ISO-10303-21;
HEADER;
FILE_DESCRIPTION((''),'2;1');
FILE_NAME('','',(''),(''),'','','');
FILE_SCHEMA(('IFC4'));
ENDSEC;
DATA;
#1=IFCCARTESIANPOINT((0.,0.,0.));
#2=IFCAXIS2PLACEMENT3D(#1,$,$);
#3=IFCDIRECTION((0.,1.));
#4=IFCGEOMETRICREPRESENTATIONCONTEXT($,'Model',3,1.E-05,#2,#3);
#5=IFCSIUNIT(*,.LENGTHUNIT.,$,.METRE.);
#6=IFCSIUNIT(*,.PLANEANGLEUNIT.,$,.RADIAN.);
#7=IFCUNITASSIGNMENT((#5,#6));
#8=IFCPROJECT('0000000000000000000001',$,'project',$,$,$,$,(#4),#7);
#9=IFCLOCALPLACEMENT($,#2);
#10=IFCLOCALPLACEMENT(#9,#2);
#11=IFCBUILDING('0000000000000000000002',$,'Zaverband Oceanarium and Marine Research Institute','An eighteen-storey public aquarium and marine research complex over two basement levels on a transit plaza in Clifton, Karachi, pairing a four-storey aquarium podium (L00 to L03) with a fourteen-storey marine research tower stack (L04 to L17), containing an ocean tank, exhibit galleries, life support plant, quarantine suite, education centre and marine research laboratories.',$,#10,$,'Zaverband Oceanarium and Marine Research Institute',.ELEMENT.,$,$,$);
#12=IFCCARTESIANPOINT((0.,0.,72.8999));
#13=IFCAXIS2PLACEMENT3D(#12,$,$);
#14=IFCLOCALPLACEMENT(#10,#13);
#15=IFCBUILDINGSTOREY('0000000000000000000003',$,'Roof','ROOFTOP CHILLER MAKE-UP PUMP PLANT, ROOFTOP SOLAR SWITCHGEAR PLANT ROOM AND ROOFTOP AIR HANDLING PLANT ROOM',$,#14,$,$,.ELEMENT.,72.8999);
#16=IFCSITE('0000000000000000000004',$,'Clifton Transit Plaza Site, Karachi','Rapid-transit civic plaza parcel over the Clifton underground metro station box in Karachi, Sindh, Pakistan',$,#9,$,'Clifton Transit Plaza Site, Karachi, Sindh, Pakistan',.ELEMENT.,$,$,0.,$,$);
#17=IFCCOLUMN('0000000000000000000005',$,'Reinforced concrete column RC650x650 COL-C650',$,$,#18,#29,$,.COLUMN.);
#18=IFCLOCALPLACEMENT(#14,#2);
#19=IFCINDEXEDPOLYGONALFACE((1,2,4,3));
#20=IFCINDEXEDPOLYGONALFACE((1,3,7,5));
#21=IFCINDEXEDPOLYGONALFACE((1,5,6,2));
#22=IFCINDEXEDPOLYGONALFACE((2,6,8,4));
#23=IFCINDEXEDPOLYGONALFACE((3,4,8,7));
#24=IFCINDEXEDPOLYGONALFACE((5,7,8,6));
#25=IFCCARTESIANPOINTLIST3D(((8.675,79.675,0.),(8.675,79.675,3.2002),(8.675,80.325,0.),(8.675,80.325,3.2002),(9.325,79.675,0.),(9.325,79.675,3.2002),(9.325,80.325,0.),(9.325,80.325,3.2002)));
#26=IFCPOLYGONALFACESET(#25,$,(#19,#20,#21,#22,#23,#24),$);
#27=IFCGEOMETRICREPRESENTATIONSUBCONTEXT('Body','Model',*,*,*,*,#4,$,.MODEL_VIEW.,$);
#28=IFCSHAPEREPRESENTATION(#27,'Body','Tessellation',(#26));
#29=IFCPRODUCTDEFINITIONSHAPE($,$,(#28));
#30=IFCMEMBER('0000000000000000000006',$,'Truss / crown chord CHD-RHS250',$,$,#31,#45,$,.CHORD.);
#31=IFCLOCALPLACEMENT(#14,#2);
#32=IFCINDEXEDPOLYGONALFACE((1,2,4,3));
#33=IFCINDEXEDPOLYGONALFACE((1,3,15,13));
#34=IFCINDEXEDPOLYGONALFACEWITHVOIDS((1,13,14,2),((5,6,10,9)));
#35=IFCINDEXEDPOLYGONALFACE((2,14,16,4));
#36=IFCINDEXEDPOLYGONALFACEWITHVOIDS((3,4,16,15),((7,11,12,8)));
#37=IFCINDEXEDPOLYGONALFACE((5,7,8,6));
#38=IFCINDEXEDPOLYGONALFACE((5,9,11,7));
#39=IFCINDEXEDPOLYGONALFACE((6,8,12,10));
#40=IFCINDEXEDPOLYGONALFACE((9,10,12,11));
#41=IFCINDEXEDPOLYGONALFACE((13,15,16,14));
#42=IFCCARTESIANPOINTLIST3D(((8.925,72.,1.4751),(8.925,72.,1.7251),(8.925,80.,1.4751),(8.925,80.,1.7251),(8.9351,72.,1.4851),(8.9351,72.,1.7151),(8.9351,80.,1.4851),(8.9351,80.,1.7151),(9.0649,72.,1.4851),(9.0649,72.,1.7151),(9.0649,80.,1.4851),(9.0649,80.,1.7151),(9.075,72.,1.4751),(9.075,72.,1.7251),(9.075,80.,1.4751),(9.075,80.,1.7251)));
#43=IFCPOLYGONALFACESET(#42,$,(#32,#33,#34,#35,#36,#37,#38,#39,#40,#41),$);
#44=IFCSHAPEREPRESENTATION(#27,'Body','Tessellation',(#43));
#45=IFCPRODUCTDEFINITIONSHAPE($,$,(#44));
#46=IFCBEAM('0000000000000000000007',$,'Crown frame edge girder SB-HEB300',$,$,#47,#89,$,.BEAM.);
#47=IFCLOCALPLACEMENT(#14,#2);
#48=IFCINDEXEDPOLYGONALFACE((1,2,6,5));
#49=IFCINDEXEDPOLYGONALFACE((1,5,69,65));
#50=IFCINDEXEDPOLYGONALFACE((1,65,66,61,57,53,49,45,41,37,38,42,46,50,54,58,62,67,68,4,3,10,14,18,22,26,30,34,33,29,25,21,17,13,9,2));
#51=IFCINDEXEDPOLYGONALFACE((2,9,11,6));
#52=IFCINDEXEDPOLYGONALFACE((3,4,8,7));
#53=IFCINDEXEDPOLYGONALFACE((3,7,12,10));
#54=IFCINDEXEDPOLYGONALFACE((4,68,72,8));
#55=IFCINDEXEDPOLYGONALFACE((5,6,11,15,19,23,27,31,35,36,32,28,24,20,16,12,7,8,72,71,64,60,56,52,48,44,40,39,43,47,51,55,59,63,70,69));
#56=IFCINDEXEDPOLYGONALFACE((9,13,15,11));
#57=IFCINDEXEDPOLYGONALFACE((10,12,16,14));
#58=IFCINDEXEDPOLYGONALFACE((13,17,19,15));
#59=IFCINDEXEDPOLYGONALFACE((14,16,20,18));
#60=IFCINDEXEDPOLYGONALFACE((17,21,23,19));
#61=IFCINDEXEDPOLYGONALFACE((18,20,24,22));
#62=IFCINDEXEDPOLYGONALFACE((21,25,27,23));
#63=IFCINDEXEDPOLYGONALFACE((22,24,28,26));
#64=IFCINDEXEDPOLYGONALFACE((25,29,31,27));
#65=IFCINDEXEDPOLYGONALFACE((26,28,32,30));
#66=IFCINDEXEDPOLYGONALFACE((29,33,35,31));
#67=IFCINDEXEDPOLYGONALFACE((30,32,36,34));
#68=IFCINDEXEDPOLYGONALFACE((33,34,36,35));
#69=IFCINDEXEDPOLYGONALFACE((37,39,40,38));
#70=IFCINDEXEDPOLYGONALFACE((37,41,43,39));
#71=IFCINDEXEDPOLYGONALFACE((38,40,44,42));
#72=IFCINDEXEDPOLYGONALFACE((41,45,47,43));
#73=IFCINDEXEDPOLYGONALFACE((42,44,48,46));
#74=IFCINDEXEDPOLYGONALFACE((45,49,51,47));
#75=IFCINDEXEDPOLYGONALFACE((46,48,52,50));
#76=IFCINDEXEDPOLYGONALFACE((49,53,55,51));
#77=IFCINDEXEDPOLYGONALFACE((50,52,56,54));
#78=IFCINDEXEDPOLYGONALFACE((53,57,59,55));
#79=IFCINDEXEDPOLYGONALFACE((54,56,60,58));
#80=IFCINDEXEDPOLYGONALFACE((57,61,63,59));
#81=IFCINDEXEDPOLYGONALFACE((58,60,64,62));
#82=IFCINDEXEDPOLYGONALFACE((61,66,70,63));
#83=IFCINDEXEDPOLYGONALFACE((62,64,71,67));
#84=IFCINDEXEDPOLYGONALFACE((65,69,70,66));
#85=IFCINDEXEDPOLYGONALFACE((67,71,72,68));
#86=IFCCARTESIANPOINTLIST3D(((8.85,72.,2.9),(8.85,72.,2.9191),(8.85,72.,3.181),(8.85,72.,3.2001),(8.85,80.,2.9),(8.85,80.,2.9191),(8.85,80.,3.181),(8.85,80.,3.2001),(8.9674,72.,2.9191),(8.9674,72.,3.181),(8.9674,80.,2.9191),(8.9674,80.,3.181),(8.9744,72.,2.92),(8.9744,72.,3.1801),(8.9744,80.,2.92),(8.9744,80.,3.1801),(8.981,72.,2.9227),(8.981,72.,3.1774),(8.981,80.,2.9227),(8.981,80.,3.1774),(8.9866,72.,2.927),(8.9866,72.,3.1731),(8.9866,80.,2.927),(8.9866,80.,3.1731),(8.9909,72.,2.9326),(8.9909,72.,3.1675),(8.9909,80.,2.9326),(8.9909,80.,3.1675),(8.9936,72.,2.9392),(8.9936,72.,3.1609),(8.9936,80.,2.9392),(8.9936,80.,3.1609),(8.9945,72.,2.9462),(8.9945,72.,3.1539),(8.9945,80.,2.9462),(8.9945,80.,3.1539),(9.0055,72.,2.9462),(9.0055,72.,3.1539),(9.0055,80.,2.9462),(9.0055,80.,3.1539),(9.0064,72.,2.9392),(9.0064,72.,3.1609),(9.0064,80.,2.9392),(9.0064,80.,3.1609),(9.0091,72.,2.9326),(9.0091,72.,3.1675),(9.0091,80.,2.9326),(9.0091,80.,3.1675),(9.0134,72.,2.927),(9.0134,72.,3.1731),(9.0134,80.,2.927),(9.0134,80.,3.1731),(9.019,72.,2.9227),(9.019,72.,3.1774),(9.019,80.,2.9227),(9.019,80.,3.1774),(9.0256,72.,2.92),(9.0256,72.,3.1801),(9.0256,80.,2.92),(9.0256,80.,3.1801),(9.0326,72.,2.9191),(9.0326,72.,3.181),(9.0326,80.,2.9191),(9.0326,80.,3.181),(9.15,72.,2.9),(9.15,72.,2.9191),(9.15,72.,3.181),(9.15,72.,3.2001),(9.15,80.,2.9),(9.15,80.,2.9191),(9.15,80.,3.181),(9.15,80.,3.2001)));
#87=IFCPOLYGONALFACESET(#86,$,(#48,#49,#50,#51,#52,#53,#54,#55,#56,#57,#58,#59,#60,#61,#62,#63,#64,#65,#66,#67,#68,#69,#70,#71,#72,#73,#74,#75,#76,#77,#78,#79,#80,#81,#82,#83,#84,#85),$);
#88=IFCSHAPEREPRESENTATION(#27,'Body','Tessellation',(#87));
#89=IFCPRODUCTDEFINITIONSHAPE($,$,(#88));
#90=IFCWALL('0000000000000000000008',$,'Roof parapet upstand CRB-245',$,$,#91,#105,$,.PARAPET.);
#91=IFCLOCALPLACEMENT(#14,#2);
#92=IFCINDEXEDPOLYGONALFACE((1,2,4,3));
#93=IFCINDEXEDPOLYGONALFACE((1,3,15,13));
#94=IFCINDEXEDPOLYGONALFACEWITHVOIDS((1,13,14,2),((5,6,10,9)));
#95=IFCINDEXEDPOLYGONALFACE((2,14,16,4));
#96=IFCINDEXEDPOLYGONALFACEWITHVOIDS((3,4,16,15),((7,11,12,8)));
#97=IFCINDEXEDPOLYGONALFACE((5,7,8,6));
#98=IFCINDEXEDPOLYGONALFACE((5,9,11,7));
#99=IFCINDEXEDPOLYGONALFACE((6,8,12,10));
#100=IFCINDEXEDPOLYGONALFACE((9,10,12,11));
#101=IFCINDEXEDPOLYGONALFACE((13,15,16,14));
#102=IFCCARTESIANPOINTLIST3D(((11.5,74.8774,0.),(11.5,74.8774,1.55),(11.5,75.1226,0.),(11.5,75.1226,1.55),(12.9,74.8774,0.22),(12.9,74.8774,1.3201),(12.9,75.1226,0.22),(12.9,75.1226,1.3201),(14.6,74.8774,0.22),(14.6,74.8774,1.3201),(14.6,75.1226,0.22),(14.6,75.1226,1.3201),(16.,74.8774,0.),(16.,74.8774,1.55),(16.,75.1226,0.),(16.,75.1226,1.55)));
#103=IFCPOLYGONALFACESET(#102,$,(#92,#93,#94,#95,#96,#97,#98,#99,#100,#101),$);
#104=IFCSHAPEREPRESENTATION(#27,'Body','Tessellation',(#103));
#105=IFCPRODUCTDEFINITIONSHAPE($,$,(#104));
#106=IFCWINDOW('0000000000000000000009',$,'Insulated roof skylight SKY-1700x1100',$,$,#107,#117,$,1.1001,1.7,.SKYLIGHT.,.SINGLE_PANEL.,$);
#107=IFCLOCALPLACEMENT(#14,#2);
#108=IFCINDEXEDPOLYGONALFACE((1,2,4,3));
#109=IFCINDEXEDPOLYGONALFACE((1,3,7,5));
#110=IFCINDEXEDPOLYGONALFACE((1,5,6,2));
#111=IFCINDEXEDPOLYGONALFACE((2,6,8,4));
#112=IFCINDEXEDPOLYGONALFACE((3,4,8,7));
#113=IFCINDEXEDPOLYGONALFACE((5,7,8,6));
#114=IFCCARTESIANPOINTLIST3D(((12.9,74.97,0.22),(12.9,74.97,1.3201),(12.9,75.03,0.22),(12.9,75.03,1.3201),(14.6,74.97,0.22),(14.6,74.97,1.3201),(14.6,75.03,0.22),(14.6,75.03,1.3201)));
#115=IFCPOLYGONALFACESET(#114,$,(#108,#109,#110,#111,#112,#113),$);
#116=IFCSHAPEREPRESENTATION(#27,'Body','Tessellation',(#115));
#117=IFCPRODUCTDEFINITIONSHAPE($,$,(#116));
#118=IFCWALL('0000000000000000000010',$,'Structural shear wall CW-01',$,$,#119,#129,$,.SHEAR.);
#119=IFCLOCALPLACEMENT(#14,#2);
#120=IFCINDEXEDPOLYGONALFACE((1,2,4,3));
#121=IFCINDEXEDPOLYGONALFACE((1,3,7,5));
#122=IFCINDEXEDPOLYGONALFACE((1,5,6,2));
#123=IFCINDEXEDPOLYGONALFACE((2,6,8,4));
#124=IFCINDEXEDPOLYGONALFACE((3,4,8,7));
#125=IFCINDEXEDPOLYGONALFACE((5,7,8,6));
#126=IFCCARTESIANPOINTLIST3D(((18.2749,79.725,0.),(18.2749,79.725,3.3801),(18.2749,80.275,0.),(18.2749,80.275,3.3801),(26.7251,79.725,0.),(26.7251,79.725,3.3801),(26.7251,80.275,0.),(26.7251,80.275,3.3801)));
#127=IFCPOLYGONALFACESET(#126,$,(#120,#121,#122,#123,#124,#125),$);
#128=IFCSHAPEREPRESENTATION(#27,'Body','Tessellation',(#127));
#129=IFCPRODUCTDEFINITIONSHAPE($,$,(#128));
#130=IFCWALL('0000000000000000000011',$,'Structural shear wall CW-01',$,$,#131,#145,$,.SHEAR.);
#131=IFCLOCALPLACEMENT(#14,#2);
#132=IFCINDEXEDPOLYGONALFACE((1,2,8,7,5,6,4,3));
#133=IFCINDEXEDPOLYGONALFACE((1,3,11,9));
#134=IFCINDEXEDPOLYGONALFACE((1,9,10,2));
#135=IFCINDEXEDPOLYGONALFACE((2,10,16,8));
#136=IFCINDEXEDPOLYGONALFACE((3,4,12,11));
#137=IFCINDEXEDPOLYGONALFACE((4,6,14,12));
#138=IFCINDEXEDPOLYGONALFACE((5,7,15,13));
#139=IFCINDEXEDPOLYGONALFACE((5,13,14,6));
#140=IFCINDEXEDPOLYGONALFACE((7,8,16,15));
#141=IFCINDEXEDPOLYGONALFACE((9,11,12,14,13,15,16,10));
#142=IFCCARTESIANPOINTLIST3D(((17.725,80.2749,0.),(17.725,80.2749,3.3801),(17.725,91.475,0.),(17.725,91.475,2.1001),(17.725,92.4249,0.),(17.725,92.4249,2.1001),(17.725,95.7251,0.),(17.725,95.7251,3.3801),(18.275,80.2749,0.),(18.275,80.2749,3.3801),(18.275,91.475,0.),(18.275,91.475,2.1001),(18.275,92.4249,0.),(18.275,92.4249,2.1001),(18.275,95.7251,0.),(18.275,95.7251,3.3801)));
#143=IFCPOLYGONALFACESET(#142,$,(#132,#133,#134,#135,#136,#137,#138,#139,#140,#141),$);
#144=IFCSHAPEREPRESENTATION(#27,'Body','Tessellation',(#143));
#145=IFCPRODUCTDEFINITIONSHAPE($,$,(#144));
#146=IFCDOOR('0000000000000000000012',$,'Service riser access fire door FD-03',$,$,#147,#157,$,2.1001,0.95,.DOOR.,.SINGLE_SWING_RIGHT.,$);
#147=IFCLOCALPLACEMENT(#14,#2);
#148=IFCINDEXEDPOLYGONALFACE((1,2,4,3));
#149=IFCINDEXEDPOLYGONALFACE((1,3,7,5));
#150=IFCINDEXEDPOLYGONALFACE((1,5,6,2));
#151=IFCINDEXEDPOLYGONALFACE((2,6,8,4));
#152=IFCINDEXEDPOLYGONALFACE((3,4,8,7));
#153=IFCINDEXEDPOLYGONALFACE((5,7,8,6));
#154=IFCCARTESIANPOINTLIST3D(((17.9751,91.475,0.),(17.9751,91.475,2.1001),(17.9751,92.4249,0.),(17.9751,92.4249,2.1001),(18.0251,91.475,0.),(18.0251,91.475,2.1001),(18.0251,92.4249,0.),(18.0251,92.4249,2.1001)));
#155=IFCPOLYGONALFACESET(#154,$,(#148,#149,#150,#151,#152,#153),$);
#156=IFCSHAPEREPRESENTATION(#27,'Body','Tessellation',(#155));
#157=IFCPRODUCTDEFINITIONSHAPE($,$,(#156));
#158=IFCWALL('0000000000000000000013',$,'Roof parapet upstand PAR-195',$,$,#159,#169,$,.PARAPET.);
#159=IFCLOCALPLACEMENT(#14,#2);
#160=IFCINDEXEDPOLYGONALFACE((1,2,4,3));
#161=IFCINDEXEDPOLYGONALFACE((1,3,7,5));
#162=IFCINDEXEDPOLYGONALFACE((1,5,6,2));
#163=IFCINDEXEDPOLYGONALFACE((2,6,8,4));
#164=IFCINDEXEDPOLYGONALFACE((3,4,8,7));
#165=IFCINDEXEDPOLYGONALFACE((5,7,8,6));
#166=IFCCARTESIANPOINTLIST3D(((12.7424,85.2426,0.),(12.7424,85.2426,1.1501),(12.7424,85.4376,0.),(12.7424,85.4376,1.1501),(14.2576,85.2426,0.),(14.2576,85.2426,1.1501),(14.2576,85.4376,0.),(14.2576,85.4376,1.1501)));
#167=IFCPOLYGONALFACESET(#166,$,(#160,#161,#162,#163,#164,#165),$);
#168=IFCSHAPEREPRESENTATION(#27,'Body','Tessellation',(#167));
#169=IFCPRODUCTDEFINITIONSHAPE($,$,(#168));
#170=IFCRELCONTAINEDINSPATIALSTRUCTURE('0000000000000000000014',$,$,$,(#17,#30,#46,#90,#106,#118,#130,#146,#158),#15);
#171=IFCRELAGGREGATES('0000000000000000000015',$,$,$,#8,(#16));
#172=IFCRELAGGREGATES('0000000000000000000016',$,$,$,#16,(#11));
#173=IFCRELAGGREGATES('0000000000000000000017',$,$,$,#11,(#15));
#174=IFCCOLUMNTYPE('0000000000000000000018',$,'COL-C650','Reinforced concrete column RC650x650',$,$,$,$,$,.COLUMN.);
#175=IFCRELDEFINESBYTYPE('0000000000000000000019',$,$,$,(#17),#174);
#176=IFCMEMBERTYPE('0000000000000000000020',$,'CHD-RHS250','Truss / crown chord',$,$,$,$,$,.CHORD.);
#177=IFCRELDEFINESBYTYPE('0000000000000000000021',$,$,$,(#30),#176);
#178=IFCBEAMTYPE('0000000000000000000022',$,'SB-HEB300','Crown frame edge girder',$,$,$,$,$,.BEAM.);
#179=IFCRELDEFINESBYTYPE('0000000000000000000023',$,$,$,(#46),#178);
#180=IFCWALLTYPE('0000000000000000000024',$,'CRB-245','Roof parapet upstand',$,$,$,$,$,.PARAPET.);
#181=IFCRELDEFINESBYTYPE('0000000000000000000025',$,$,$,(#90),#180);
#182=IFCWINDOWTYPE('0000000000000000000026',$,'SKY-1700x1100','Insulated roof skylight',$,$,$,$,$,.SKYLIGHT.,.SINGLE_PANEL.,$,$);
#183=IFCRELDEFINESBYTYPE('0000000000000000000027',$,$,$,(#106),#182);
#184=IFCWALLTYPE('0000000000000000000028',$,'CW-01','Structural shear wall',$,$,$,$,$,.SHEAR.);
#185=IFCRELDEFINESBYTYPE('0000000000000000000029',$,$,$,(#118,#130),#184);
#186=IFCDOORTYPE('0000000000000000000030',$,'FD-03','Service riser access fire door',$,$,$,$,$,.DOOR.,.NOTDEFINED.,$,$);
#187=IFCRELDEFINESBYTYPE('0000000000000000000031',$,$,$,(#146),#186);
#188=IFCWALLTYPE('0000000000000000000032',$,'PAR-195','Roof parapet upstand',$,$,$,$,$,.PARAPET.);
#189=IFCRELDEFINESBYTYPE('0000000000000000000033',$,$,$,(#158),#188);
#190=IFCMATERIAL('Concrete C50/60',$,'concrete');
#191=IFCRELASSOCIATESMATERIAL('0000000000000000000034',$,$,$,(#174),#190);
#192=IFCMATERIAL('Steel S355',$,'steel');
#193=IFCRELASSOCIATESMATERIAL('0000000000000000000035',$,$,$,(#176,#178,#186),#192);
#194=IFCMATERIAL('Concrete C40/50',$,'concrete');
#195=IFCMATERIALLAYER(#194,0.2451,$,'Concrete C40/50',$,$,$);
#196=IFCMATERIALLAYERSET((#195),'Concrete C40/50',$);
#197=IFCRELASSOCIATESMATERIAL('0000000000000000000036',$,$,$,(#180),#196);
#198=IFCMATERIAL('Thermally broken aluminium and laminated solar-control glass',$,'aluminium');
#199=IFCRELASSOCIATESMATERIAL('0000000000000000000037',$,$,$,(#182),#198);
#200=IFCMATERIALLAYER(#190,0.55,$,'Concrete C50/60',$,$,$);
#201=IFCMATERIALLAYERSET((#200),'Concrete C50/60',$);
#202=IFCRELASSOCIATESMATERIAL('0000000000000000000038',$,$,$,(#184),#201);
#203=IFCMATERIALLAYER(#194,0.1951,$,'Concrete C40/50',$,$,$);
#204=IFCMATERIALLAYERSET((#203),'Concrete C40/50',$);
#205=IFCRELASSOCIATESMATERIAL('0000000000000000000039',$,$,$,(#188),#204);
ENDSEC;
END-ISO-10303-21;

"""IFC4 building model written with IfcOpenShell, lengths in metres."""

from ifc_helpers import new_model, si_unit, direction, frame, frame_2d, origin, origin_2d, place, context, subcontext, project, spatial, rectangle, hollow_rectangle, i_section, extrude, material, layer, layer_set, material_profile, profile_set, type_object, element, fill, save


model = new_model("IFC4")

# Units and contexts
model_context = context("Model", 3, precision=1e-05, world=origin(), true_north=direction((0.0, 1.0)))
body_context = subcontext(model_context, "Body", "Model", "MODEL_VIEW")
ifc_project = project(units=[si_unit("LENGTHUNIT", "METRE"), si_unit("PLANEANGLEUNIT", "RADIAN")], contexts=[model_context])

# Site, building, storey
site_placement = place(None, origin())
site = spatial("IfcSite", under=ifc_project, at=site_placement, Name="Clifton Transit Plaza Site, Karachi", Description="Rapid-transit civic plaza parcel over the Clifton underground metro station box in Karachi, Sindh, Pakistan", LongName="Clifton Transit Plaza Site, Karachi, Sindh, Pakistan", CompositionType="ELEMENT", RefElevation=0.0)
building_placement = place(site_placement, origin())
building = spatial("IfcBuilding", under=site, at=building_placement, Name="Zaverband Oceanarium and Marine Research Institute", Description="An eighteen-storey public aquarium and marine research complex over two basement levels on a transit plaza in Clifton, Karachi, pairing a four-storey aquarium podium (L00 to L03) with a fourteen-storey marine research tower stack (L04 to L17), containing an ocean tank, exhibit galleries, life support plant, quarantine suite, education centre and marine research laboratories.", LongName="Zaverband Oceanarium and Marine Research Institute", CompositionType="ELEMENT")
storey_placement = place(building_placement, frame((0.0, 0.0, 72.8999)))
storey = spatial("IfcBuildingStorey", under=building, at=storey_placement, Name="Roof", Description="ROOFTOP CHILLER MAKE-UP PUMP PLANT, ROOFTOP SOLAR SWITCHGEAR PLANT ROOM AND ROOFTOP AIR HANDLING PLANT ROOM", CompositionType="ELEMENT", Elevation=72.8999)

# Column
ifc_material_1 = material(Name="Concrete C50/60", Category="concrete")
ifc_material_profile_1 = material_profile(ifc_material_1, rectangle(XDim=0.6499, YDim=0.6499, at=origin_2d()), Name="RC650x650")
ifc_profile_set_1 = profile_set([ifc_material_profile_1], Name="Concrete C50/60")
column_type = type_object("IfcColumnType", Name="COL-C650", Description="Reinforced concrete column RC650x650", PredefinedType="COLUMN", material=ifc_profile_set_1)
column_placement = place(storey_placement, frame((9.0, 80.0, 0.0), z_axis=(0.0, 0.0, 1.0), x_axis=(1.0, 0.0, 0.0)))
element("IfcColumn", 1, at=column_placement, inside=storey, type_object=column_type, Name="Reinforced concrete column RC650x650 COL-C650", PredefinedType="COLUMN", context=body_context, shape_type="SweptSolid", body=[
    extrude(rectangle(XDim=0.6499, YDim=0.6499, at=origin_2d()), origin(), (0.0, 0.0, 1.0), 3.2002),
])

# Member
ifc_material_2 = material(Name="Steel S355", Category="steel")
ifc_material_profile_2 = material_profile(ifc_material_2, hollow_rectangle(XDim=0.1499, YDim=0.25, WallThickness=0.01, at=origin_2d()), Name="RHS250x150x10")
ifc_profile_set_2 = profile_set([ifc_material_profile_2], Name="Steel S355")
member_type = type_object("IfcMemberType", Name="CHD-RHS250", Description="Truss / crown chord", PredefinedType="CHORD", material=ifc_profile_set_2)
member_placement = place(storey_placement, frame((9.0, 80.0, 1.6001), z_axis=(0.0, -1.0, 0.0), x_axis=(1.0, 0.0, 0.0)))
element("IfcMember", 2, at=member_placement, inside=storey, type_object=member_type, Name="Truss / crown chord CHD-RHS250", PredefinedType="CHORD", context=body_context, shape_type="SweptSolid", body=[
    extrude(hollow_rectangle(XDim=0.1499, YDim=0.25, WallThickness=0.01, at=origin_2d()), origin(), (0.0, 0.0, 1.0), 8.0),
])

# Beam
ifc_material_profile_3 = material_profile(ifc_material_2, i_section(OverallWidth=0.3, OverallDepth=0.3, WebThickness=0.011, FlangeThickness=0.019, FilletRadius=0.0271, at=origin_2d()), Name="HEB300")
ifc_profile_set_3 = profile_set([ifc_material_profile_3], Name="Steel S355")
beam_type = type_object("IfcBeamType", Name="SB-HEB300", Description="Crown frame edge girder", PredefinedType="BEAM", material=ifc_profile_set_3)
beam_placement = place(storey_placement, frame((9.0, 80.0, 3.05), z_axis=(0.0, -1.0, 0.0), x_axis=(1.0, 0.0, 0.0)))
element("IfcBeam", 3, at=beam_placement, inside=storey, type_object=beam_type, Name="Crown frame edge girder SB-HEB300", PredefinedType="BEAM", context=body_context, shape_type="SweptSolid", body=[
    extrude(i_section(OverallWidth=0.3, OverallDepth=0.3, WebThickness=0.011, FlangeThickness=0.019, FilletRadius=0.0271, at=origin_2d()), origin(), (0.0, 0.0, 1.0), 8.0),
])

# Wall, opening, window
ifc_material_3 = material(Name="Concrete C40/50", Category="concrete")
ifc_layer_1 = layer(ifc_material_3, 0.2451, Name="Concrete C40/50")
ifc_layer_set_1 = layer_set([ifc_layer_1], Name="Concrete C40/50")
wall_type_1 = type_object("IfcWallType", Name="CRB-245", Description="Roof parapet upstand", PredefinedType="PARAPET", material=ifc_layer_set_1)
wall_1_placement = place(storey_placement, frame((11.5, 75.0, 0.0), z_axis=(0.0, 0.0, 1.0), x_axis=(1.0, 0.0, 0.0)))
wall_1 = element("IfcWall", 4, at=wall_1_placement, inside=storey, type_object=wall_type_1, Name="Roof parapet upstand CRB-245", PredefinedType="PARAPET", context=body_context, shape_type="SweptSolid", body=[
    extrude(rectangle(XDim=4.5, YDim=0.2451, at=frame_2d((2.25, 0.0))), origin(), (0.0, 0.0, 1.0), 1.55),
])
opening_1_placement = place(wall_1_placement, frame((1.3999, 0.0, 0.22)))
opening_1 = element("IfcOpeningElement", 5, at=opening_1_placement, cuts=wall_1, PredefinedType="OPENING", context=body_context, shape_type="SweptSolid", body=[
    extrude(rectangle(XDim=1.7, YDim=1.1001, at=frame_2d((0.8501, 0.55))), frame((0.0, 0.1345, 0.0), z_axis=(0.0, -1.0, 0.0), x_axis=(1.0, 0.0, 0.0)), (0.0, 0.0, 1.0), 0.269),
])
ifc_material_4 = material(Name="Thermally broken aluminium and laminated solar-control glass", Category="aluminium")
window_type = type_object("IfcWindowType", Name="SKY-1700x1100", Description="Insulated roof skylight", PartitioningType="SINGLE_PANEL", PredefinedType="SKYLIGHT", material=ifc_material_4)
window_placement = place(opening_1_placement, origin())
window = element("IfcWindow", 6, at=window_placement, inside=storey, type_object=window_type, Name="Insulated roof skylight SKY-1700x1100", OverallHeight=1.1001, OverallWidth=1.7, PartitioningType="SINGLE_PANEL", PredefinedType="SKYLIGHT", context=body_context, shape_type="SweptSolid", body=[
    extrude(rectangle(XDim=1.7, YDim=1.1001, at=frame_2d((0.8501, 0.55))), frame((0.0, 0.03, 0.0), z_axis=(0.0, -1.0, 0.0), x_axis=(1.0, 0.0, 0.0)), (0.0, 0.0, 1.0), 0.0601),
])
fill(opening_1, window)

# Wall
ifc_layer_2 = layer(ifc_material_1, 0.55, Name="Concrete C50/60")
ifc_layer_set_2 = layer_set([ifc_layer_2], Name="Concrete C50/60")
wall_type_2 = type_object("IfcWallType", Name="CW-01", Description="Structural shear wall", PredefinedType="SHEAR", material=ifc_layer_set_2)
wall_2_placement = place(storey_placement, frame((18.2749, 80.0, 0.0), z_axis=(0.0, 0.0, 1.0), x_axis=(1.0, 0.0, 0.0)))
element("IfcWall", 7, at=wall_2_placement, inside=storey, type_object=wall_type_2, Name="Structural shear wall CW-01", PredefinedType="SHEAR", context=body_context, shape_type="SweptSolid", body=[
    extrude(rectangle(XDim=8.4502, YDim=0.55, at=frame_2d((4.2251, 0.0))), origin(), (0.0, 0.0, 1.0), 3.3801),
])

# Wall, opening, door
wall_3_placement = place(storey_placement, frame((18.0, 80.2749, 0.0), z_axis=(0.0, 0.0, 1.0), x_axis=(0.0, 1.0, 0.0)))
wall_3 = element("IfcWall", 8, at=wall_3_placement, inside=storey, type_object=wall_type_2, Name="Structural shear wall CW-01", PredefinedType="SHEAR", context=body_context, shape_type="SweptSolid", body=[
    extrude(rectangle(XDim=15.4502, YDim=0.55, at=frame_2d((7.7251, 0.0))), origin(), (0.0, 0.0, 1.0), 3.3801),
])
opening_2_placement = place(wall_3_placement, frame((11.2, 0.0, 0.0)))
opening_2 = element("IfcOpeningElement", 9, at=opening_2_placement, cuts=wall_3, PredefinedType="OPENING", context=body_context, shape_type="SweptSolid", body=[
    extrude(rectangle(XDim=0.95, YDim=2.1001, at=frame_2d((0.4751, 1.05))), frame((0.0, 0.2871, 0.0), z_axis=(0.0, -1.0, 0.0), x_axis=(1.0, 0.0, 0.0)), (0.0, 0.0, 1.0), 0.574),
])
door_type_1 = type_object("IfcDoorType", Name="FD-03", Description="Service riser access fire door", OperationType="NOTDEFINED", PredefinedType="DOOR", material=ifc_material_2)
door_1_placement = place(opening_2_placement, origin())
door_1 = element("IfcDoor", 10, at=door_1_placement, inside=storey, type_object=door_type_1, Name="Service riser access fire door FD-03", OperationType="SINGLE_SWING_RIGHT", OverallHeight=2.1001, OverallWidth=0.95, PredefinedType="DOOR", context=body_context, shape_type="SweptSolid", body=[
    extrude(rectangle(XDim=0.95, YDim=2.1001, at=frame_2d((0.4751, 1.05))), frame((0.0, 0.0249, 0.0), z_axis=(0.0, -1.0, 0.0), x_axis=(1.0, 0.0, 0.0)), (0.0, 0.0, 1.0), 0.05),
])
fill(opening_2, door_1)

# Wall
ifc_layer_3 = layer(ifc_material_3, 0.1951, Name="Concrete C40/50")
ifc_layer_set_3 = layer_set([ifc_layer_3], Name="Concrete C40/50")
wall_type_3 = type_object("IfcWallType", Name="PAR-195", Description="Roof parapet upstand", PredefinedType="PARAPET", material=ifc_layer_set_3)
for number, where, z_axis, x_axis, name in (
    (11, (12.7424, 85.3401, 0.0), (0.0, 0.0, 1.0), (1.0, 0.0, 0.0), "Roof parapet upstand PAR-195"),
):
    element("IfcWall", number, at=place(storey_placement, frame(where, z_axis=z_axis, x_axis=x_axis)), inside=storey, type_object=wall_type_3, Name=name, PredefinedType="PARAPET", context=body_context, shape_type="SweptSolid", body=[
        extrude(rectangle(XDim=1.5151, YDim=0.1951, at=frame_2d((0.7576, 0.0))), origin(), (0.0, 0.0, 1.0), 1.1501),
    ])

save(model, "model.ifc")
